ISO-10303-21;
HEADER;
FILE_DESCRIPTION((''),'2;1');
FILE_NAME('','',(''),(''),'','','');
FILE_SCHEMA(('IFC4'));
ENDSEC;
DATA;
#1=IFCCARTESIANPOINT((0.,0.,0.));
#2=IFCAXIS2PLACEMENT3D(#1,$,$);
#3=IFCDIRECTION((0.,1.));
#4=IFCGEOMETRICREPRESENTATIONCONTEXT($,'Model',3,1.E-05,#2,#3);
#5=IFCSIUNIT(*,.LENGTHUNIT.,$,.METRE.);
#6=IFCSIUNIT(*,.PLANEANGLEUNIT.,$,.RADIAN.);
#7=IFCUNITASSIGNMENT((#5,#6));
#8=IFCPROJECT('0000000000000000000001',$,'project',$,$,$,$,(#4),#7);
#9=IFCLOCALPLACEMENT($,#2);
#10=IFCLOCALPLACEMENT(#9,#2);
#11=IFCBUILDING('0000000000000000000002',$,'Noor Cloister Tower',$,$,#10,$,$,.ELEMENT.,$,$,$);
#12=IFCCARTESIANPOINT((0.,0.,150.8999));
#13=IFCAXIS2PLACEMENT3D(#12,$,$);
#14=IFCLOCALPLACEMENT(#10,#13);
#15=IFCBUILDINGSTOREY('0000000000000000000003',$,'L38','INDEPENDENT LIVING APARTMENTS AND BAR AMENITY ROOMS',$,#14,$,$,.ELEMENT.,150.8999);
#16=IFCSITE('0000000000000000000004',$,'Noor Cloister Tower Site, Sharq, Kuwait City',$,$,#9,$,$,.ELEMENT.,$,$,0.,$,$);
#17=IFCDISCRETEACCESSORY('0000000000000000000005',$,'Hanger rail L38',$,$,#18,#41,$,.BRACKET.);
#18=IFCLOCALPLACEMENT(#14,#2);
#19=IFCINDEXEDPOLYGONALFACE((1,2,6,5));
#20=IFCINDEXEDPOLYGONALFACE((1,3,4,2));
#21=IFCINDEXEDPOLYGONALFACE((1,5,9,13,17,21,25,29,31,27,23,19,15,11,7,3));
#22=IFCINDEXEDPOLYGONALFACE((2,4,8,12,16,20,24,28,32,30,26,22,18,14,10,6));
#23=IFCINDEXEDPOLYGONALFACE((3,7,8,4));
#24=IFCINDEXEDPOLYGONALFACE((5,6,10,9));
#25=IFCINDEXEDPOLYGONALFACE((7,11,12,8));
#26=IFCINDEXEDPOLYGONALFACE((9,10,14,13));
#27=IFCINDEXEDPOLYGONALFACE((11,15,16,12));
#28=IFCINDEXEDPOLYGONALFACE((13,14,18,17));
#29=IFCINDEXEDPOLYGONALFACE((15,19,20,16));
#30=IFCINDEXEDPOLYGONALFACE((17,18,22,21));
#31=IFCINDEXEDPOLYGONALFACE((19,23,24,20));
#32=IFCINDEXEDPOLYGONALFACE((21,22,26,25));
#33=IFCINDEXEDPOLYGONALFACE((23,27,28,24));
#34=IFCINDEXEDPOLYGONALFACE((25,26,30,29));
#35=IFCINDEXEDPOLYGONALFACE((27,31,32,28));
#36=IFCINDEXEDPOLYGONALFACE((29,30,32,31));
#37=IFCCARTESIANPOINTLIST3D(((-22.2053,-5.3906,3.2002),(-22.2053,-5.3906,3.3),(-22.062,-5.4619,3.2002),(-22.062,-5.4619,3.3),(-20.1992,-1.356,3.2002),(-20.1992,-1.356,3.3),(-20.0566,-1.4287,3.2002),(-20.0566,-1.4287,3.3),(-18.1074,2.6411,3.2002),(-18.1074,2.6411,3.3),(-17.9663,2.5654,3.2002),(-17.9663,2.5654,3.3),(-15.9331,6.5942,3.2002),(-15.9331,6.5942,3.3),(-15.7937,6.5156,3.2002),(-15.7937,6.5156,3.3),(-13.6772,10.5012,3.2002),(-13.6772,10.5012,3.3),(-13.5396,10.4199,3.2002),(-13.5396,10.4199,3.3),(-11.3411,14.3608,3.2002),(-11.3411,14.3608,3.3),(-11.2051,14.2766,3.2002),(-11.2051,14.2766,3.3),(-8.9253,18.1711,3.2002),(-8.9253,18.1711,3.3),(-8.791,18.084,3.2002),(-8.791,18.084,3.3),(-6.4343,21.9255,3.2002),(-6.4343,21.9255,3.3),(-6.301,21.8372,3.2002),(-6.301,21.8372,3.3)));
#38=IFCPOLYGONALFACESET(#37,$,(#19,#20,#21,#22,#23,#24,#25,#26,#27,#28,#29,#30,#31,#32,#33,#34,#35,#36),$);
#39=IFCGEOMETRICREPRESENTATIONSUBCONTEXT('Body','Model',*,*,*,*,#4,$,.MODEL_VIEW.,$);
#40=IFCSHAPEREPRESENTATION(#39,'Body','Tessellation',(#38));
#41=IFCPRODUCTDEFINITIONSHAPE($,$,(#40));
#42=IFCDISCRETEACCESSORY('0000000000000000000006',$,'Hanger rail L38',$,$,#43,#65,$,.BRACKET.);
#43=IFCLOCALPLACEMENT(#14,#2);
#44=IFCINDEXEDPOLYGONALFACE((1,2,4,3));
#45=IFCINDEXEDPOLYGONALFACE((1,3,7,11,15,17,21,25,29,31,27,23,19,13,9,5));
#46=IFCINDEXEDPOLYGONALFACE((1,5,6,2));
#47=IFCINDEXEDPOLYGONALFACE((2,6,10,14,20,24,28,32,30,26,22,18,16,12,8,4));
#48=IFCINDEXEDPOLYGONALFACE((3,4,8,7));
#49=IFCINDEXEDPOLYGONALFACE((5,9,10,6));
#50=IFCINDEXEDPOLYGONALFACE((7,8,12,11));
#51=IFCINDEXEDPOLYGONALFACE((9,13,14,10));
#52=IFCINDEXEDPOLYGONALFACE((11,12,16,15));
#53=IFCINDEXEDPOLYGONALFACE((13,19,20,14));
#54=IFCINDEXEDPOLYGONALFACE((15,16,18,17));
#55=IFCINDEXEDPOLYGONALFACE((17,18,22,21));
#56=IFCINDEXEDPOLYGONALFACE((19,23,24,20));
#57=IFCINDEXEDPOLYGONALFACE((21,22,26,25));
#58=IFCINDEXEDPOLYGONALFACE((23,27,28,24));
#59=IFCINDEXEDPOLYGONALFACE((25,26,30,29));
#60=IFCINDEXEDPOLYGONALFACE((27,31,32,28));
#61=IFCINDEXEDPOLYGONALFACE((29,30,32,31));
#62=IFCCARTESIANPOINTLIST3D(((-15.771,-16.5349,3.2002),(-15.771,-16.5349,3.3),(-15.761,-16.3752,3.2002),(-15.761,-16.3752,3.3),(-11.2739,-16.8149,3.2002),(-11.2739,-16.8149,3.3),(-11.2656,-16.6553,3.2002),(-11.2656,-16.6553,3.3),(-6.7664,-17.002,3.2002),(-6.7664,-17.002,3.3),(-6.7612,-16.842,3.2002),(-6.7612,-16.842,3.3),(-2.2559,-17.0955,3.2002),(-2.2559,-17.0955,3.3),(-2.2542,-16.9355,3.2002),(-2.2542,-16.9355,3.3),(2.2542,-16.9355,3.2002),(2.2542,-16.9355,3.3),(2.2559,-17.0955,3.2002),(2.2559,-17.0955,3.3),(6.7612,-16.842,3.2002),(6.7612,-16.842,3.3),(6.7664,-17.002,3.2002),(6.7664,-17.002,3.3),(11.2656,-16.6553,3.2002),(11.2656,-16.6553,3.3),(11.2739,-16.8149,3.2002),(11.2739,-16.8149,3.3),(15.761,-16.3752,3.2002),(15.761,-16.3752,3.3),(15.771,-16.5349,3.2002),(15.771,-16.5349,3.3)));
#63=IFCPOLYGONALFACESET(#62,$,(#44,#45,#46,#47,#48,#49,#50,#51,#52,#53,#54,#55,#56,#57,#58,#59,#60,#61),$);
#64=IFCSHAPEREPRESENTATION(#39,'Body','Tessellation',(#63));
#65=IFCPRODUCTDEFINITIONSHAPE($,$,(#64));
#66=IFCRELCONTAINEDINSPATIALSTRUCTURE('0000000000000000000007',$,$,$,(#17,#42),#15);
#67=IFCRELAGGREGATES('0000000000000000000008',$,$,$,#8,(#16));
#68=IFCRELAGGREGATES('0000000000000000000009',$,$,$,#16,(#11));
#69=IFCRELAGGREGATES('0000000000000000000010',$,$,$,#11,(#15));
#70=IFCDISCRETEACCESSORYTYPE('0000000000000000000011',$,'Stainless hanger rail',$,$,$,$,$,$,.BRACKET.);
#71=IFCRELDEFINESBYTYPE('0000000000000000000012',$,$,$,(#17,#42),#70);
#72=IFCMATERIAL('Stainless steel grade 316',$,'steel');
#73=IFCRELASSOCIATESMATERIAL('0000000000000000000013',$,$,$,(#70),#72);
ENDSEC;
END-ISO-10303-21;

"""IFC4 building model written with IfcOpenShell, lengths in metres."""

from ifc_helpers import new_model, si_unit, direction, frame, origin, place, context, subcontext, project, spatial, polyline, outline, extrude, material, type_object, element, save


model = new_model("IFC4")

# Units and contexts
model_context = context("Model", 3, precision=1e-05, world=origin(), true_north=direction((0.0, 1.0)))
body_context = subcontext(model_context, "Body", "Model", "MODEL_VIEW")
ifc_project = project(units=[si_unit("LENGTHUNIT", "METRE"), si_unit("PLANEANGLEUNIT", "RADIAN")], contexts=[model_context])

# Site, building, storey
site_placement = place(None, origin())
site = spatial("IfcSite", under=ifc_project, at=site_placement, Name="Noor Cloister Tower Site, Sharq, Kuwait City", CompositionType="ELEMENT", RefElevation=0.0)
building_placement = place(site_placement, origin())
building = spatial("IfcBuilding", under=site, at=building_placement, Name="Noor Cloister Tower", CompositionType="ELEMENT")
storey_placement = place(building_placement, frame((0.0, 0.0, 150.8999)))
storey = spatial("IfcBuildingStorey", under=building, at=storey_placement, Name="L38", Description="INDEPENDENT LIVING APARTMENTS AND BAR AMENITY ROOMS", CompositionType="ELEMENT", Elevation=150.8999)

# Discrete accessories
ifc_material_1 = material(Name="Stainless steel grade 316", Category="steel")
discrete_accessory_type = type_object("IfcDiscreteAccessoryType", Name="Stainless hanger rail", PredefinedType="BRACKET", material=ifc_material_1)
discrete_accessory_1_placement = place(storey_placement, frame((0.0, 0.0, 3.2002)))
element("IfcDiscreteAccessory", 1, at=discrete_accessory_1_placement, inside=storey, type_object=discrete_accessory_type, Name="Hanger rail L38", PredefinedType="BRACKET", context=body_context, shape_type="SweptSolid", body=[
    extrude(outline(polyline([(-6.4343, 21.9255), (-8.9253, 18.1711), (-11.3411, 14.3608), (-13.6772, 10.5012), (-15.9331, 6.5942), (-18.1074, 2.6411), (-20.1992, -1.356), (-22.2053, -5.3906), (-22.062, -5.4619), (-20.0566, -1.4287), (-17.9663, 2.5654), (-15.7937, 6.5156), (-13.5396, 10.4199), (-11.2051, 14.2766), (-8.791, 18.084), (-6.301, 21.8372), (-6.4343, 21.9255)])), origin(), (0.0, 0.0, 1.0), 0.0999),
])
discrete_accessory_2_placement = place(storey_placement, frame((0.0, 0.0, 3.2002)))
element("IfcDiscreteAccessory", 2, at=discrete_accessory_2_placement, inside=storey, type_object=discrete_accessory_type, Name="Hanger rail L38", PredefinedType="BRACKET", context=body_context, shape_type="SweptSolid", body=[
    extrude(outline(polyline([(-15.771, -16.5349), (-11.2739, -16.8149), (-6.7664, -17.002), (-2.2559, -17.0955), (2.2559, -17.0955), (6.7664, -17.002), (11.2739, -16.8149), (15.771, -16.5349), (15.761, -16.3752), (11.2656, -16.6553), (6.7612, -16.842), (2.2542, -16.9355), (-2.2542, -16.9355), (-6.7612, -16.842), (-11.2656, -16.6553), (-15.761, -16.3752), (-15.771, -16.5349)])), origin(), (0.0, 0.0, 1.0), 0.0999),
])

save(model, "model.ifc")
